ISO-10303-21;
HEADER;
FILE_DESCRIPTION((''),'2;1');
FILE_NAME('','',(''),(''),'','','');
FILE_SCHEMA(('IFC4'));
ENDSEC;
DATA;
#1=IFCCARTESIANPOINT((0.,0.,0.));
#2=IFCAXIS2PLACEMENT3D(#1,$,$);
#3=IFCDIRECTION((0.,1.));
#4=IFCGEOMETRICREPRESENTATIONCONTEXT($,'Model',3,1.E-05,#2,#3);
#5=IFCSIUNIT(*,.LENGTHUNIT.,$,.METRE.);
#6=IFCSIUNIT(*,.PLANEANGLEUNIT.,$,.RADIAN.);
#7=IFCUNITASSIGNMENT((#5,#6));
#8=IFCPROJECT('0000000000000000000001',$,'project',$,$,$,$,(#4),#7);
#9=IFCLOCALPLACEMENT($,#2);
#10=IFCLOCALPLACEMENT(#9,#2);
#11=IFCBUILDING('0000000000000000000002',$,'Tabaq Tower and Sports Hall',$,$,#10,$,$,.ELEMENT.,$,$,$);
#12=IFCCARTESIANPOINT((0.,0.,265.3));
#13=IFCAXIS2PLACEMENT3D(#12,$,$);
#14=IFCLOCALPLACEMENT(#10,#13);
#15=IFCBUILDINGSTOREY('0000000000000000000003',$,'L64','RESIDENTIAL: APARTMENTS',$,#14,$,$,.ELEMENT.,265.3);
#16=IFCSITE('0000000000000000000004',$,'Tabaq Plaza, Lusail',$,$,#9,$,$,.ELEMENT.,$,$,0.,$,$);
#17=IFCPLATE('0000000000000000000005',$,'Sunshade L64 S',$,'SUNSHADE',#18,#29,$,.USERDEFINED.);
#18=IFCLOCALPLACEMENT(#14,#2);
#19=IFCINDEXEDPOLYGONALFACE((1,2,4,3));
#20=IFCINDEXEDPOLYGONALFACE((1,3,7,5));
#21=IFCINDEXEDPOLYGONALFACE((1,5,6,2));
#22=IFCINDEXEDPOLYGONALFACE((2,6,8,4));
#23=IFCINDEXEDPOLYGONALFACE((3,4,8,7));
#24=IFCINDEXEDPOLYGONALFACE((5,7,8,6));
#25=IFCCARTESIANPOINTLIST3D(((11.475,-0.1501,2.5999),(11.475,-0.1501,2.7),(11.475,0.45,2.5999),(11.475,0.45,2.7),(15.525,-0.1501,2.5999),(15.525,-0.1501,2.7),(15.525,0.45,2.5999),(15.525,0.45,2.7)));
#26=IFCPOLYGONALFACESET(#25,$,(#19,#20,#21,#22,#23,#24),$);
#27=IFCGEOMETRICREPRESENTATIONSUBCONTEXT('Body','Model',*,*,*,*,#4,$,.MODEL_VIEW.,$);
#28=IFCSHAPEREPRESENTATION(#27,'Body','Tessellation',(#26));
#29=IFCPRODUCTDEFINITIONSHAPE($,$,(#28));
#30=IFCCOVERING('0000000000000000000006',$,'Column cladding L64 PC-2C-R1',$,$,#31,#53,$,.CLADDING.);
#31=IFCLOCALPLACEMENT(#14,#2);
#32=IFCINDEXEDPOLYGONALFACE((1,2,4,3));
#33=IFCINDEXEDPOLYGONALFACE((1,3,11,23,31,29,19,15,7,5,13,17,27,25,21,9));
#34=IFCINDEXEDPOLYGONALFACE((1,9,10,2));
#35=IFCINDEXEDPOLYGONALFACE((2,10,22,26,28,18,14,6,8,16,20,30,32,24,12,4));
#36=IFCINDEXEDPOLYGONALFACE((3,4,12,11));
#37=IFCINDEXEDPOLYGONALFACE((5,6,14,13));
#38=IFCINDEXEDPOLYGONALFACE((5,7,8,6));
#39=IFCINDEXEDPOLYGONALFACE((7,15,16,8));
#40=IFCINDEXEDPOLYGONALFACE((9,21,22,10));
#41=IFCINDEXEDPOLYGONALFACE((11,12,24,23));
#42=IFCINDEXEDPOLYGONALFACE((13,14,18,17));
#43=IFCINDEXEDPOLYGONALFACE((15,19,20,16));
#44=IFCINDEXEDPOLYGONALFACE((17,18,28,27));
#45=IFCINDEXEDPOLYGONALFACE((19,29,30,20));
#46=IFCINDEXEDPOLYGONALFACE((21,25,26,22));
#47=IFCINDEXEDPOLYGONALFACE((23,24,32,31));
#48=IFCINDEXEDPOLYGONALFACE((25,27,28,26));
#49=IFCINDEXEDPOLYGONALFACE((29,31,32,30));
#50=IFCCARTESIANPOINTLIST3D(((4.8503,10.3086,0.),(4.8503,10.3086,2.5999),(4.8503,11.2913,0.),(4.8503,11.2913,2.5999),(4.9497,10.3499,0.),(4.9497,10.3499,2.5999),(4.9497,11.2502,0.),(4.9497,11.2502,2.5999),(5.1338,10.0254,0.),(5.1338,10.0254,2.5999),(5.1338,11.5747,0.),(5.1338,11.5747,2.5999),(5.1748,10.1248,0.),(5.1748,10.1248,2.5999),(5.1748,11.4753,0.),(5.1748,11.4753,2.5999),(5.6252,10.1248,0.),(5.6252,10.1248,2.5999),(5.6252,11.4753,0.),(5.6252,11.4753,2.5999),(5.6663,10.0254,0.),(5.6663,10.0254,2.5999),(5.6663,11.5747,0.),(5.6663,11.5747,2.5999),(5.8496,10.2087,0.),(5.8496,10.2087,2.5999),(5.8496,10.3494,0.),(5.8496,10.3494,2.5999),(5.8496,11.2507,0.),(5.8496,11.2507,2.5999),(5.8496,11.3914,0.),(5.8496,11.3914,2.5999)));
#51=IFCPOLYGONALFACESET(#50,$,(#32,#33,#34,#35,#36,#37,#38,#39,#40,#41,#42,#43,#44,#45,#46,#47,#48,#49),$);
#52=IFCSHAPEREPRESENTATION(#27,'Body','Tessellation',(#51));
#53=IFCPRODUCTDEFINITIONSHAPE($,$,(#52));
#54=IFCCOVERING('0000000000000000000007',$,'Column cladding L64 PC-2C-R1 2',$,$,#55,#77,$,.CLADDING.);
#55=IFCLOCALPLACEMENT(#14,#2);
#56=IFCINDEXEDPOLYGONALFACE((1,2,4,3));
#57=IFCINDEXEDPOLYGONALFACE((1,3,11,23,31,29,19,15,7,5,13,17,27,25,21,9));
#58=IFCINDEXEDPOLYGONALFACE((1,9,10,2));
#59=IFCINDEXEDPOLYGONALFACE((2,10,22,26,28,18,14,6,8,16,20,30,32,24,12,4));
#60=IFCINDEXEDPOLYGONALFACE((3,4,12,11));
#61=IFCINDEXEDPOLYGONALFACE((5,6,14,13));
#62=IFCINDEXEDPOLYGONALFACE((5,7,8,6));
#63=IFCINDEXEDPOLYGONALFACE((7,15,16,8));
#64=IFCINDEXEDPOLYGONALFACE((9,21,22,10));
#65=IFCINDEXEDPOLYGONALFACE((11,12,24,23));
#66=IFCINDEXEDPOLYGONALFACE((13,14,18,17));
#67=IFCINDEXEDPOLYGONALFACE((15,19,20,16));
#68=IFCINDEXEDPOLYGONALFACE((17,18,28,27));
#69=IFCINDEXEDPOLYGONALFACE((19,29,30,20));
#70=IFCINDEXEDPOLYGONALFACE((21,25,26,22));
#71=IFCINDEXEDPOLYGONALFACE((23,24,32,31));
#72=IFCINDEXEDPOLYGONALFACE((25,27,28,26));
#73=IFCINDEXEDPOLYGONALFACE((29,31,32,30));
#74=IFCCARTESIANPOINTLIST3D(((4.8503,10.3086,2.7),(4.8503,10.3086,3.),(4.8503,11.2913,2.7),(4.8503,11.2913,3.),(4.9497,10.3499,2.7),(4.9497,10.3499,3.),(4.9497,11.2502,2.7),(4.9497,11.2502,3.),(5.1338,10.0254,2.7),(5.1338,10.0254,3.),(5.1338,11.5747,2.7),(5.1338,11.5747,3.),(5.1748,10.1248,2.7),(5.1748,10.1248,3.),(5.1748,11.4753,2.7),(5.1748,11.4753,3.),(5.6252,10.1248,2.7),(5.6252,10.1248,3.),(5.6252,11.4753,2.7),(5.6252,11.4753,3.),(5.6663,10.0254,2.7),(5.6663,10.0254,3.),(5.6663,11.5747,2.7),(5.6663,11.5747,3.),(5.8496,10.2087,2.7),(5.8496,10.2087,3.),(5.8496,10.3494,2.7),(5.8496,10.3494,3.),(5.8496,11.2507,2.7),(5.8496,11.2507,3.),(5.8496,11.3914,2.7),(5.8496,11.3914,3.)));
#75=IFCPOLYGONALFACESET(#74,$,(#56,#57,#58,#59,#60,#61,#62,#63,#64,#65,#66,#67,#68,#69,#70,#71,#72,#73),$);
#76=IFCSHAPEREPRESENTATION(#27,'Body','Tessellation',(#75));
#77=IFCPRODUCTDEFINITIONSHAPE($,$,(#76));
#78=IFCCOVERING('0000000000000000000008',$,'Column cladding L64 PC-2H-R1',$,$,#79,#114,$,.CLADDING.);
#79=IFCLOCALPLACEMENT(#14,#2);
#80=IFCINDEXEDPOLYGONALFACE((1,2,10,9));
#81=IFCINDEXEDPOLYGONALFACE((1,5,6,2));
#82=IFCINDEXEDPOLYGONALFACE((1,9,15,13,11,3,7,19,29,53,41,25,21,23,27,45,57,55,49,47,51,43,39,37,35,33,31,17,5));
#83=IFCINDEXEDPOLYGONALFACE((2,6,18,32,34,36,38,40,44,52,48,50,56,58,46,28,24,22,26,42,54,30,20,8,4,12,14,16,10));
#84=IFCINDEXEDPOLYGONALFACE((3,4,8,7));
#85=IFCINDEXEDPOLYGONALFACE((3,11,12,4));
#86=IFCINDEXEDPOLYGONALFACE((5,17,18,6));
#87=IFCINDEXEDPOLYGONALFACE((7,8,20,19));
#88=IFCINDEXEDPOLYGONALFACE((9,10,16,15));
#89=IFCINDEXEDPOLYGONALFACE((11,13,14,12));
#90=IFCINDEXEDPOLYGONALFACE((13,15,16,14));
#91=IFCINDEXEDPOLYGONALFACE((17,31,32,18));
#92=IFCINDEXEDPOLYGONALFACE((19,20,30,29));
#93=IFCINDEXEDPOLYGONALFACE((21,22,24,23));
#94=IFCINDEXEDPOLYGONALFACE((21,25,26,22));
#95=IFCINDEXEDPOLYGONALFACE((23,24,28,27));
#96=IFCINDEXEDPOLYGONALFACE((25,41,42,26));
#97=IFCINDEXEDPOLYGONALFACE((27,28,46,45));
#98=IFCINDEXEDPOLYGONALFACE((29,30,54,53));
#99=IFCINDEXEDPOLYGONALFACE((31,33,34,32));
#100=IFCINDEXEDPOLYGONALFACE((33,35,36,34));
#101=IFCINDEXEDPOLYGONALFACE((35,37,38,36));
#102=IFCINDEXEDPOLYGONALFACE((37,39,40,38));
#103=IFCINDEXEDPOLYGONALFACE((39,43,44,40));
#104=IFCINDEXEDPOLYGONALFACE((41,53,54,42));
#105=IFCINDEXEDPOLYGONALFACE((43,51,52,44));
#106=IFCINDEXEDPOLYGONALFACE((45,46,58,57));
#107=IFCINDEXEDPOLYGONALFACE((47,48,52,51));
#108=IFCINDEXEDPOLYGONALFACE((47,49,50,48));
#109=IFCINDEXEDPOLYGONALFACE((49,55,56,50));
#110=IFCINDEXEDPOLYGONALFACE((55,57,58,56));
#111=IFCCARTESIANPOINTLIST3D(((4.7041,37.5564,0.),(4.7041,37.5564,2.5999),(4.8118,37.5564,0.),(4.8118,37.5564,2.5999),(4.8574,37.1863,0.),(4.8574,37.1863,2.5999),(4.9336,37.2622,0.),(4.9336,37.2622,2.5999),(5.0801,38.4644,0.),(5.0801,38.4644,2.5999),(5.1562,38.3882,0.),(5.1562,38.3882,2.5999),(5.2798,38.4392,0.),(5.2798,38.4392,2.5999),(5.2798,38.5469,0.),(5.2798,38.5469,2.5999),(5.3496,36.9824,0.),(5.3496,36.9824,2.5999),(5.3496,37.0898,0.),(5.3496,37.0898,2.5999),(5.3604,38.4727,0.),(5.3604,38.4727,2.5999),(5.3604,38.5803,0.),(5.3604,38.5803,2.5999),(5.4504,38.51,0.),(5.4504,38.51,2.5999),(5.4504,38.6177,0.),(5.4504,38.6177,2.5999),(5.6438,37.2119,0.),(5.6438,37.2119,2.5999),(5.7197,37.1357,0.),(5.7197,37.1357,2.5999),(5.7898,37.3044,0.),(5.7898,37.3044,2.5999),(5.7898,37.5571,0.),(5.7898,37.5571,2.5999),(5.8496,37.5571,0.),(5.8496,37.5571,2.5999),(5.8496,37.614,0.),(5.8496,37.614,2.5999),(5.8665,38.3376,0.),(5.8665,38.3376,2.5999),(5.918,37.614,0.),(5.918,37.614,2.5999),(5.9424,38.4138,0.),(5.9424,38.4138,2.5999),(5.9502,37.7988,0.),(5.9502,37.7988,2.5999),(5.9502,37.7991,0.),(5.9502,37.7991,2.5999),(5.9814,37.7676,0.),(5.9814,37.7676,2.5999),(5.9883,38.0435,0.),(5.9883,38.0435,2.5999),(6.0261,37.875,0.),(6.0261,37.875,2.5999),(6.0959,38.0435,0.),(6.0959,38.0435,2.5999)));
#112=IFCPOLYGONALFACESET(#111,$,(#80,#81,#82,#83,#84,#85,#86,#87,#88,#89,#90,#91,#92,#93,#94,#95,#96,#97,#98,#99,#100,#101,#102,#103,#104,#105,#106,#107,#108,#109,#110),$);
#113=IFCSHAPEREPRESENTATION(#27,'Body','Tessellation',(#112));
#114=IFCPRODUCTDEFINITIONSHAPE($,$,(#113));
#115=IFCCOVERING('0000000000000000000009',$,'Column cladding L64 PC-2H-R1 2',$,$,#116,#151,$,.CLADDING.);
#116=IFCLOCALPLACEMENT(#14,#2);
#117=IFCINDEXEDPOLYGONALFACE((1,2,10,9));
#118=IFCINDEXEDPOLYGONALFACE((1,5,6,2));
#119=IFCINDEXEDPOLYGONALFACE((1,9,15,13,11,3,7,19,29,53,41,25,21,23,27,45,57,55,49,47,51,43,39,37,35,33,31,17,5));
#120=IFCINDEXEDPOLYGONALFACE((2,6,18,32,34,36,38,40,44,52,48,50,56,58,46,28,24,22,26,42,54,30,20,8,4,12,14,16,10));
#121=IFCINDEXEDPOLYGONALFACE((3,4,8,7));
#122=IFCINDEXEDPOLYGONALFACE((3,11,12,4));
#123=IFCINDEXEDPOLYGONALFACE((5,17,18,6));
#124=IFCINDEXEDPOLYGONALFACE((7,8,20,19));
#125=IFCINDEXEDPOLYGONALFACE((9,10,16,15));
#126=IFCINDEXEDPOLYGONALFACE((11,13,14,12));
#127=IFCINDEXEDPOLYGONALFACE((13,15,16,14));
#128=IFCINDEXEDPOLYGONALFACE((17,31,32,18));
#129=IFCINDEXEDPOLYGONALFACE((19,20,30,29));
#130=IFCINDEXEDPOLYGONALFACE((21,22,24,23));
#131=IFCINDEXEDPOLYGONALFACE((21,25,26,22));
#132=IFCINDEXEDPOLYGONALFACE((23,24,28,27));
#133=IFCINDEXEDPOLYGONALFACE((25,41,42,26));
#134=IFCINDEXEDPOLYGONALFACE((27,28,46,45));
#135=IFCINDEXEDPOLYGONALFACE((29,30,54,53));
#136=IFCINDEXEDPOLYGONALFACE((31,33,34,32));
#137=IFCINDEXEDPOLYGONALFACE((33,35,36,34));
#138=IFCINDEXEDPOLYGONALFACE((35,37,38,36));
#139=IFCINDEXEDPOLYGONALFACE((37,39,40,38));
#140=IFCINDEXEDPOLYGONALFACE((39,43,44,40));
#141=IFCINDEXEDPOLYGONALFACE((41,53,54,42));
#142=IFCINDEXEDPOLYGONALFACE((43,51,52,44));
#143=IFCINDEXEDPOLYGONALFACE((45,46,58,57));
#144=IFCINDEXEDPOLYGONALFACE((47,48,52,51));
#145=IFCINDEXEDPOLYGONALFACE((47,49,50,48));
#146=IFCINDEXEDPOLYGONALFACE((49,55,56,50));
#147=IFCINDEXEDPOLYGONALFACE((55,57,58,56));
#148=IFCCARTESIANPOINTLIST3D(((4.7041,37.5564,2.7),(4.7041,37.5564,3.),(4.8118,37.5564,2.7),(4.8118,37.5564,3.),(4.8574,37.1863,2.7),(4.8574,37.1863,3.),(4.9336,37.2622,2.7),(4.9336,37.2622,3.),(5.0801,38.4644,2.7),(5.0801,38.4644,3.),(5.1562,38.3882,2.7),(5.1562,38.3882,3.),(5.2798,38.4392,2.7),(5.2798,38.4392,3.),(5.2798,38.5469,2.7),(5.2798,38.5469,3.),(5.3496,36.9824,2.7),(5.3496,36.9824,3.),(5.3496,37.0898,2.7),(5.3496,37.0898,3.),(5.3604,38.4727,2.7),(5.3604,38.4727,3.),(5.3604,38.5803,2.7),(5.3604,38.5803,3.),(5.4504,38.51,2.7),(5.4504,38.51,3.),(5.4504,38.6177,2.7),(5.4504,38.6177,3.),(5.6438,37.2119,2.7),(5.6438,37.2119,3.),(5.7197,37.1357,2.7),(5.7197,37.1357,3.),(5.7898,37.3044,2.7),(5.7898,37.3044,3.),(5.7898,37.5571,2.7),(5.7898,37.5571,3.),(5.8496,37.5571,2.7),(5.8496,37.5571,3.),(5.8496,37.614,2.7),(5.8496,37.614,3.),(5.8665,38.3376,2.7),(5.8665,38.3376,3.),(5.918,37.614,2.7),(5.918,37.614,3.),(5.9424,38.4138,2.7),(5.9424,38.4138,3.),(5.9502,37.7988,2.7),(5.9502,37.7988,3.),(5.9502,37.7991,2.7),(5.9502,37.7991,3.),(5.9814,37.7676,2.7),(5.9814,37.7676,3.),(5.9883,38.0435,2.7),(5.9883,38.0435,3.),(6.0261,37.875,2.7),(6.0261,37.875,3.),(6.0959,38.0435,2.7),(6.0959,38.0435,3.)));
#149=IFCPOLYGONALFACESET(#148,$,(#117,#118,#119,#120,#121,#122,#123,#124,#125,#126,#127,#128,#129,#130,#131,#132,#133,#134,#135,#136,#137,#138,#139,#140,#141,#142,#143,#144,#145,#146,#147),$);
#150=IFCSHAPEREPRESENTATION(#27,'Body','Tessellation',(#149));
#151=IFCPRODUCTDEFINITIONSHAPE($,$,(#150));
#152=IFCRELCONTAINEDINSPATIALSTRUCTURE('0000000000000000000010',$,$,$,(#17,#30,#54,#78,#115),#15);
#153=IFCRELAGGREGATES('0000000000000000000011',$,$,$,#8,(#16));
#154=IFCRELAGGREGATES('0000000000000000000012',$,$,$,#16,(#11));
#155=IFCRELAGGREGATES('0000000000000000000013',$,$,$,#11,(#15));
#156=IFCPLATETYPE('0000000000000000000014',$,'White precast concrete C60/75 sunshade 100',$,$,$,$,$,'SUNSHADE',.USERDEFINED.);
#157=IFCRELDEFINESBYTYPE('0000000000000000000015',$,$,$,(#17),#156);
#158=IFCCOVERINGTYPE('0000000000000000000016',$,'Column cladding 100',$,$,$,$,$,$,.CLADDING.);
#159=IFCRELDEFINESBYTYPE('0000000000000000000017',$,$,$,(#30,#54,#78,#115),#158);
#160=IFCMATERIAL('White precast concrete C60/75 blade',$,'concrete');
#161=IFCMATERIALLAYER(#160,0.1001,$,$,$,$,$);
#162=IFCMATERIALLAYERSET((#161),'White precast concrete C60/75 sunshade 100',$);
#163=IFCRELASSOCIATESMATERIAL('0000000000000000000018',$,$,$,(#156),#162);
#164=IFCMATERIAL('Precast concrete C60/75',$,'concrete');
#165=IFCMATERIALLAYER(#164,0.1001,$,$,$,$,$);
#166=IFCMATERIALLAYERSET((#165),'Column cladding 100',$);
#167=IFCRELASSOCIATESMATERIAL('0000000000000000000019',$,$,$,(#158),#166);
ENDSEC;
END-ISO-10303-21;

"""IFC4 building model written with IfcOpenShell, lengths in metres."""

from ifc_helpers import new_model, si_unit, direction, frame, origin, origin_2d, place, context, subcontext, project, spatial, polyline, rectangle, outline, extrude, material, layer, layer_set, type_object, element, save


model = new_model("IFC4")

# Units and contexts
model_context = context("Model", 3, precision=1e-05, world=origin(), true_north=direction((0.0, 1.0)))
body_context = subcontext(model_context, "Body", "Model", "MODEL_VIEW")
ifc_project = project(units=[si_unit("LENGTHUNIT", "METRE"), si_unit("PLANEANGLEUNIT", "RADIAN")], contexts=[model_context])

# Site, building, storey
site_placement = place(None, origin())
site = spatial("IfcSite", under=ifc_project, at=site_placement, Name="Tabaq Plaza, Lusail", CompositionType="ELEMENT", RefElevation=0.0)
building_placement = place(site_placement, origin())
building = spatial("IfcBuilding", under=site, at=building_placement, Name="Tabaq Tower and Sports Hall", CompositionType="ELEMENT")
storey_placement = place(building_placement, frame((0.0, 0.0, 265.3)))
storey = spatial("IfcBuildingStorey", under=building, at=storey_placement, Name="L64", Description="RESIDENTIAL: APARTMENTS", CompositionType="ELEMENT", Elevation=265.3)

# Plate
ifc_material_1 = material(Name="White precast concrete C60/75 blade", Category="concrete")
ifc_layer_1 = layer(ifc_material_1, 0.1001)
ifc_layer_set_1 = layer_set([ifc_layer_1], Name="White precast concrete C60/75 sunshade 100")
plate_type = type_object("IfcPlateType", Name="White precast concrete C60/75 sunshade 100", ElementType="SUNSHADE", PredefinedType="USERDEFINED", material=ifc_layer_set_1)
plate_placement = place(storey_placement, frame((13.5, 0.1499, 2.5999), z_axis=(0.0, 0.0, 1.0), x_axis=(1.0, 0.0, 0.0)))
element("IfcPlate", 1, at=plate_placement, inside=storey, type_object=plate_type, Name="Sunshade L64 S", ObjectType="SUNSHADE", PredefinedType="USERDEFINED", context=body_context, shape_type="SweptSolid", body=[
    extrude(rectangle(XDim=4.05, YDim=0.6001, at=origin_2d()), origin(), (0.0, 0.0, 1.0), 0.1001),
])

# Coverings
ifc_material_2 = material(Name="Precast concrete C60/75", Category="concrete")
ifc_layer_2 = layer(ifc_material_2, 0.1001)
ifc_layer_set_2 = layer_set([ifc_layer_2], Name="Column cladding 100")
covering_type_1 = type_object("IfcCoveringType", Name="Column cladding 100", PredefinedType="CLADDING", material=ifc_layer_set_2)
covering_1_placement = place(storey_placement, origin())
element("IfcCovering", 2, at=covering_1_placement, inside=storey, type_object=covering_type_1, Name="Column cladding L64 PC-2C-R1", PredefinedType="CLADDING", context=body_context, shape_type="SweptSolid", body=[
    extrude(outline(polyline([(5.1338, 10.0254), (4.8503, 10.3086), (4.8503, 11.2913), (5.1338, 11.5747), (5.6663, 11.5747), (5.8496, 11.3914), (5.8496, 11.2507), (5.6252, 11.4753), (5.1748, 11.4753), (4.9497, 11.2502), (4.9497, 10.3499), (5.1748, 10.1248), (5.6252, 10.1248), (5.8496, 10.3494), (5.8496, 10.2087), (5.6663, 10.0254), (5.1338, 10.0254)])), origin(), (0.0, 0.0, 1.0), 2.5999),
])
covering_2_placement = place(storey_placement, frame((0.0, 0.0, 2.7)))
element("IfcCovering", 3, at=covering_2_placement, inside=storey, type_object=covering_type_1, Name="Column cladding L64 PC-2C-R1 2", PredefinedType="CLADDING", context=body_context, shape_type="SweptSolid", body=[
    extrude(outline(polyline([(5.1338, 10.0254), (4.8503, 10.3086), (4.8503, 11.2913), (5.1338, 11.5747), (5.6663, 11.5747), (5.8496, 11.3914), (5.8496, 11.2507), (5.6252, 11.4753), (5.1748, 11.4753), (4.9497, 11.2502), (4.9497, 10.3499), (5.1748, 10.1248), (5.6252, 10.1248), (5.8496, 10.3494), (5.8496, 10.2087), (5.6663, 10.0254), (5.1338, 10.0254)])), origin(), (0.0, 0.0, 1.0), 0.3),
])
covering_3_placement = place(storey_placement, origin())
element("IfcCovering", 4, at=covering_3_placement, inside=storey, type_object=covering_type_1, Name="Column cladding L64 PC-2H-R1", PredefinedType="CLADDING", context=body_context, shape_type="SweptSolid", body=[
    extrude(outline(polyline([(4.8574, 37.1863), (4.7041, 37.5564), (5.0801, 38.4644), (5.2798, 38.5469), (5.2798, 38.4392), (5.1562, 38.3882), (4.8118, 37.5564), (4.9336, 37.2622), (5.3496, 37.0898), (5.6438, 37.2119), (5.9883, 38.0435), (5.8665, 38.3376), (5.4504, 38.51), (5.3604, 38.4727), (5.3604, 38.5803), (5.4504, 38.6177), (5.9424, 38.4138), (6.0959, 38.0435), (6.0261, 37.875), (5.9502, 37.7991), (5.9502, 37.7988), (5.9814, 37.7676), (5.918, 37.614), (5.8496, 37.614), (5.8496, 37.5571), (5.7898, 37.5571), (5.7898, 37.3044), (5.7197, 37.1357), (5.3496, 36.9824), (4.8574, 37.1863)])), origin(), (0.0, 0.0, 1.0), 2.5999),
])
covering_4_placement = place(storey_placement, frame((0.0, 0.0, 2.7)))
element("IfcCovering", 5, at=covering_4_placement, inside=storey, type_object=covering_type_1, Name="Column cladding L64 PC-2H-R1 2", PredefinedType="CLADDING", context=body_context, shape_type="SweptSolid", body=[
    extrude(outline(polyline([(4.8574, 37.1863), (4.7041, 37.5564), (5.0801, 38.4644), (5.2798, 38.5469), (5.2798, 38.4392), (5.1562, 38.3882), (4.8118, 37.5564), (4.9336, 37.2622), (5.3496, 37.0898), (5.6438, 37.2119), (5.9883, 38.0435), (5.8665, 38.3376), (5.4504, 38.51), (5.3604, 38.4727), (5.3604, 38.5803), (5.4504, 38.6177), (5.9424, 38.4138), (6.0959, 38.0435), (6.0261, 37.875), (5.9502, 37.7991), (5.9502, 37.7988), (5.9814, 37.7676), (5.918, 37.614), (5.8496, 37.614), (5.8496, 37.5571), (5.7898, 37.5571), (5.7898, 37.3044), (5.7197, 37.1357), (5.3496, 36.9824), (4.8574, 37.1863)])), origin(), (0.0, 0.0, 1.0), 0.3),
])

save(model, "model.ifc")
